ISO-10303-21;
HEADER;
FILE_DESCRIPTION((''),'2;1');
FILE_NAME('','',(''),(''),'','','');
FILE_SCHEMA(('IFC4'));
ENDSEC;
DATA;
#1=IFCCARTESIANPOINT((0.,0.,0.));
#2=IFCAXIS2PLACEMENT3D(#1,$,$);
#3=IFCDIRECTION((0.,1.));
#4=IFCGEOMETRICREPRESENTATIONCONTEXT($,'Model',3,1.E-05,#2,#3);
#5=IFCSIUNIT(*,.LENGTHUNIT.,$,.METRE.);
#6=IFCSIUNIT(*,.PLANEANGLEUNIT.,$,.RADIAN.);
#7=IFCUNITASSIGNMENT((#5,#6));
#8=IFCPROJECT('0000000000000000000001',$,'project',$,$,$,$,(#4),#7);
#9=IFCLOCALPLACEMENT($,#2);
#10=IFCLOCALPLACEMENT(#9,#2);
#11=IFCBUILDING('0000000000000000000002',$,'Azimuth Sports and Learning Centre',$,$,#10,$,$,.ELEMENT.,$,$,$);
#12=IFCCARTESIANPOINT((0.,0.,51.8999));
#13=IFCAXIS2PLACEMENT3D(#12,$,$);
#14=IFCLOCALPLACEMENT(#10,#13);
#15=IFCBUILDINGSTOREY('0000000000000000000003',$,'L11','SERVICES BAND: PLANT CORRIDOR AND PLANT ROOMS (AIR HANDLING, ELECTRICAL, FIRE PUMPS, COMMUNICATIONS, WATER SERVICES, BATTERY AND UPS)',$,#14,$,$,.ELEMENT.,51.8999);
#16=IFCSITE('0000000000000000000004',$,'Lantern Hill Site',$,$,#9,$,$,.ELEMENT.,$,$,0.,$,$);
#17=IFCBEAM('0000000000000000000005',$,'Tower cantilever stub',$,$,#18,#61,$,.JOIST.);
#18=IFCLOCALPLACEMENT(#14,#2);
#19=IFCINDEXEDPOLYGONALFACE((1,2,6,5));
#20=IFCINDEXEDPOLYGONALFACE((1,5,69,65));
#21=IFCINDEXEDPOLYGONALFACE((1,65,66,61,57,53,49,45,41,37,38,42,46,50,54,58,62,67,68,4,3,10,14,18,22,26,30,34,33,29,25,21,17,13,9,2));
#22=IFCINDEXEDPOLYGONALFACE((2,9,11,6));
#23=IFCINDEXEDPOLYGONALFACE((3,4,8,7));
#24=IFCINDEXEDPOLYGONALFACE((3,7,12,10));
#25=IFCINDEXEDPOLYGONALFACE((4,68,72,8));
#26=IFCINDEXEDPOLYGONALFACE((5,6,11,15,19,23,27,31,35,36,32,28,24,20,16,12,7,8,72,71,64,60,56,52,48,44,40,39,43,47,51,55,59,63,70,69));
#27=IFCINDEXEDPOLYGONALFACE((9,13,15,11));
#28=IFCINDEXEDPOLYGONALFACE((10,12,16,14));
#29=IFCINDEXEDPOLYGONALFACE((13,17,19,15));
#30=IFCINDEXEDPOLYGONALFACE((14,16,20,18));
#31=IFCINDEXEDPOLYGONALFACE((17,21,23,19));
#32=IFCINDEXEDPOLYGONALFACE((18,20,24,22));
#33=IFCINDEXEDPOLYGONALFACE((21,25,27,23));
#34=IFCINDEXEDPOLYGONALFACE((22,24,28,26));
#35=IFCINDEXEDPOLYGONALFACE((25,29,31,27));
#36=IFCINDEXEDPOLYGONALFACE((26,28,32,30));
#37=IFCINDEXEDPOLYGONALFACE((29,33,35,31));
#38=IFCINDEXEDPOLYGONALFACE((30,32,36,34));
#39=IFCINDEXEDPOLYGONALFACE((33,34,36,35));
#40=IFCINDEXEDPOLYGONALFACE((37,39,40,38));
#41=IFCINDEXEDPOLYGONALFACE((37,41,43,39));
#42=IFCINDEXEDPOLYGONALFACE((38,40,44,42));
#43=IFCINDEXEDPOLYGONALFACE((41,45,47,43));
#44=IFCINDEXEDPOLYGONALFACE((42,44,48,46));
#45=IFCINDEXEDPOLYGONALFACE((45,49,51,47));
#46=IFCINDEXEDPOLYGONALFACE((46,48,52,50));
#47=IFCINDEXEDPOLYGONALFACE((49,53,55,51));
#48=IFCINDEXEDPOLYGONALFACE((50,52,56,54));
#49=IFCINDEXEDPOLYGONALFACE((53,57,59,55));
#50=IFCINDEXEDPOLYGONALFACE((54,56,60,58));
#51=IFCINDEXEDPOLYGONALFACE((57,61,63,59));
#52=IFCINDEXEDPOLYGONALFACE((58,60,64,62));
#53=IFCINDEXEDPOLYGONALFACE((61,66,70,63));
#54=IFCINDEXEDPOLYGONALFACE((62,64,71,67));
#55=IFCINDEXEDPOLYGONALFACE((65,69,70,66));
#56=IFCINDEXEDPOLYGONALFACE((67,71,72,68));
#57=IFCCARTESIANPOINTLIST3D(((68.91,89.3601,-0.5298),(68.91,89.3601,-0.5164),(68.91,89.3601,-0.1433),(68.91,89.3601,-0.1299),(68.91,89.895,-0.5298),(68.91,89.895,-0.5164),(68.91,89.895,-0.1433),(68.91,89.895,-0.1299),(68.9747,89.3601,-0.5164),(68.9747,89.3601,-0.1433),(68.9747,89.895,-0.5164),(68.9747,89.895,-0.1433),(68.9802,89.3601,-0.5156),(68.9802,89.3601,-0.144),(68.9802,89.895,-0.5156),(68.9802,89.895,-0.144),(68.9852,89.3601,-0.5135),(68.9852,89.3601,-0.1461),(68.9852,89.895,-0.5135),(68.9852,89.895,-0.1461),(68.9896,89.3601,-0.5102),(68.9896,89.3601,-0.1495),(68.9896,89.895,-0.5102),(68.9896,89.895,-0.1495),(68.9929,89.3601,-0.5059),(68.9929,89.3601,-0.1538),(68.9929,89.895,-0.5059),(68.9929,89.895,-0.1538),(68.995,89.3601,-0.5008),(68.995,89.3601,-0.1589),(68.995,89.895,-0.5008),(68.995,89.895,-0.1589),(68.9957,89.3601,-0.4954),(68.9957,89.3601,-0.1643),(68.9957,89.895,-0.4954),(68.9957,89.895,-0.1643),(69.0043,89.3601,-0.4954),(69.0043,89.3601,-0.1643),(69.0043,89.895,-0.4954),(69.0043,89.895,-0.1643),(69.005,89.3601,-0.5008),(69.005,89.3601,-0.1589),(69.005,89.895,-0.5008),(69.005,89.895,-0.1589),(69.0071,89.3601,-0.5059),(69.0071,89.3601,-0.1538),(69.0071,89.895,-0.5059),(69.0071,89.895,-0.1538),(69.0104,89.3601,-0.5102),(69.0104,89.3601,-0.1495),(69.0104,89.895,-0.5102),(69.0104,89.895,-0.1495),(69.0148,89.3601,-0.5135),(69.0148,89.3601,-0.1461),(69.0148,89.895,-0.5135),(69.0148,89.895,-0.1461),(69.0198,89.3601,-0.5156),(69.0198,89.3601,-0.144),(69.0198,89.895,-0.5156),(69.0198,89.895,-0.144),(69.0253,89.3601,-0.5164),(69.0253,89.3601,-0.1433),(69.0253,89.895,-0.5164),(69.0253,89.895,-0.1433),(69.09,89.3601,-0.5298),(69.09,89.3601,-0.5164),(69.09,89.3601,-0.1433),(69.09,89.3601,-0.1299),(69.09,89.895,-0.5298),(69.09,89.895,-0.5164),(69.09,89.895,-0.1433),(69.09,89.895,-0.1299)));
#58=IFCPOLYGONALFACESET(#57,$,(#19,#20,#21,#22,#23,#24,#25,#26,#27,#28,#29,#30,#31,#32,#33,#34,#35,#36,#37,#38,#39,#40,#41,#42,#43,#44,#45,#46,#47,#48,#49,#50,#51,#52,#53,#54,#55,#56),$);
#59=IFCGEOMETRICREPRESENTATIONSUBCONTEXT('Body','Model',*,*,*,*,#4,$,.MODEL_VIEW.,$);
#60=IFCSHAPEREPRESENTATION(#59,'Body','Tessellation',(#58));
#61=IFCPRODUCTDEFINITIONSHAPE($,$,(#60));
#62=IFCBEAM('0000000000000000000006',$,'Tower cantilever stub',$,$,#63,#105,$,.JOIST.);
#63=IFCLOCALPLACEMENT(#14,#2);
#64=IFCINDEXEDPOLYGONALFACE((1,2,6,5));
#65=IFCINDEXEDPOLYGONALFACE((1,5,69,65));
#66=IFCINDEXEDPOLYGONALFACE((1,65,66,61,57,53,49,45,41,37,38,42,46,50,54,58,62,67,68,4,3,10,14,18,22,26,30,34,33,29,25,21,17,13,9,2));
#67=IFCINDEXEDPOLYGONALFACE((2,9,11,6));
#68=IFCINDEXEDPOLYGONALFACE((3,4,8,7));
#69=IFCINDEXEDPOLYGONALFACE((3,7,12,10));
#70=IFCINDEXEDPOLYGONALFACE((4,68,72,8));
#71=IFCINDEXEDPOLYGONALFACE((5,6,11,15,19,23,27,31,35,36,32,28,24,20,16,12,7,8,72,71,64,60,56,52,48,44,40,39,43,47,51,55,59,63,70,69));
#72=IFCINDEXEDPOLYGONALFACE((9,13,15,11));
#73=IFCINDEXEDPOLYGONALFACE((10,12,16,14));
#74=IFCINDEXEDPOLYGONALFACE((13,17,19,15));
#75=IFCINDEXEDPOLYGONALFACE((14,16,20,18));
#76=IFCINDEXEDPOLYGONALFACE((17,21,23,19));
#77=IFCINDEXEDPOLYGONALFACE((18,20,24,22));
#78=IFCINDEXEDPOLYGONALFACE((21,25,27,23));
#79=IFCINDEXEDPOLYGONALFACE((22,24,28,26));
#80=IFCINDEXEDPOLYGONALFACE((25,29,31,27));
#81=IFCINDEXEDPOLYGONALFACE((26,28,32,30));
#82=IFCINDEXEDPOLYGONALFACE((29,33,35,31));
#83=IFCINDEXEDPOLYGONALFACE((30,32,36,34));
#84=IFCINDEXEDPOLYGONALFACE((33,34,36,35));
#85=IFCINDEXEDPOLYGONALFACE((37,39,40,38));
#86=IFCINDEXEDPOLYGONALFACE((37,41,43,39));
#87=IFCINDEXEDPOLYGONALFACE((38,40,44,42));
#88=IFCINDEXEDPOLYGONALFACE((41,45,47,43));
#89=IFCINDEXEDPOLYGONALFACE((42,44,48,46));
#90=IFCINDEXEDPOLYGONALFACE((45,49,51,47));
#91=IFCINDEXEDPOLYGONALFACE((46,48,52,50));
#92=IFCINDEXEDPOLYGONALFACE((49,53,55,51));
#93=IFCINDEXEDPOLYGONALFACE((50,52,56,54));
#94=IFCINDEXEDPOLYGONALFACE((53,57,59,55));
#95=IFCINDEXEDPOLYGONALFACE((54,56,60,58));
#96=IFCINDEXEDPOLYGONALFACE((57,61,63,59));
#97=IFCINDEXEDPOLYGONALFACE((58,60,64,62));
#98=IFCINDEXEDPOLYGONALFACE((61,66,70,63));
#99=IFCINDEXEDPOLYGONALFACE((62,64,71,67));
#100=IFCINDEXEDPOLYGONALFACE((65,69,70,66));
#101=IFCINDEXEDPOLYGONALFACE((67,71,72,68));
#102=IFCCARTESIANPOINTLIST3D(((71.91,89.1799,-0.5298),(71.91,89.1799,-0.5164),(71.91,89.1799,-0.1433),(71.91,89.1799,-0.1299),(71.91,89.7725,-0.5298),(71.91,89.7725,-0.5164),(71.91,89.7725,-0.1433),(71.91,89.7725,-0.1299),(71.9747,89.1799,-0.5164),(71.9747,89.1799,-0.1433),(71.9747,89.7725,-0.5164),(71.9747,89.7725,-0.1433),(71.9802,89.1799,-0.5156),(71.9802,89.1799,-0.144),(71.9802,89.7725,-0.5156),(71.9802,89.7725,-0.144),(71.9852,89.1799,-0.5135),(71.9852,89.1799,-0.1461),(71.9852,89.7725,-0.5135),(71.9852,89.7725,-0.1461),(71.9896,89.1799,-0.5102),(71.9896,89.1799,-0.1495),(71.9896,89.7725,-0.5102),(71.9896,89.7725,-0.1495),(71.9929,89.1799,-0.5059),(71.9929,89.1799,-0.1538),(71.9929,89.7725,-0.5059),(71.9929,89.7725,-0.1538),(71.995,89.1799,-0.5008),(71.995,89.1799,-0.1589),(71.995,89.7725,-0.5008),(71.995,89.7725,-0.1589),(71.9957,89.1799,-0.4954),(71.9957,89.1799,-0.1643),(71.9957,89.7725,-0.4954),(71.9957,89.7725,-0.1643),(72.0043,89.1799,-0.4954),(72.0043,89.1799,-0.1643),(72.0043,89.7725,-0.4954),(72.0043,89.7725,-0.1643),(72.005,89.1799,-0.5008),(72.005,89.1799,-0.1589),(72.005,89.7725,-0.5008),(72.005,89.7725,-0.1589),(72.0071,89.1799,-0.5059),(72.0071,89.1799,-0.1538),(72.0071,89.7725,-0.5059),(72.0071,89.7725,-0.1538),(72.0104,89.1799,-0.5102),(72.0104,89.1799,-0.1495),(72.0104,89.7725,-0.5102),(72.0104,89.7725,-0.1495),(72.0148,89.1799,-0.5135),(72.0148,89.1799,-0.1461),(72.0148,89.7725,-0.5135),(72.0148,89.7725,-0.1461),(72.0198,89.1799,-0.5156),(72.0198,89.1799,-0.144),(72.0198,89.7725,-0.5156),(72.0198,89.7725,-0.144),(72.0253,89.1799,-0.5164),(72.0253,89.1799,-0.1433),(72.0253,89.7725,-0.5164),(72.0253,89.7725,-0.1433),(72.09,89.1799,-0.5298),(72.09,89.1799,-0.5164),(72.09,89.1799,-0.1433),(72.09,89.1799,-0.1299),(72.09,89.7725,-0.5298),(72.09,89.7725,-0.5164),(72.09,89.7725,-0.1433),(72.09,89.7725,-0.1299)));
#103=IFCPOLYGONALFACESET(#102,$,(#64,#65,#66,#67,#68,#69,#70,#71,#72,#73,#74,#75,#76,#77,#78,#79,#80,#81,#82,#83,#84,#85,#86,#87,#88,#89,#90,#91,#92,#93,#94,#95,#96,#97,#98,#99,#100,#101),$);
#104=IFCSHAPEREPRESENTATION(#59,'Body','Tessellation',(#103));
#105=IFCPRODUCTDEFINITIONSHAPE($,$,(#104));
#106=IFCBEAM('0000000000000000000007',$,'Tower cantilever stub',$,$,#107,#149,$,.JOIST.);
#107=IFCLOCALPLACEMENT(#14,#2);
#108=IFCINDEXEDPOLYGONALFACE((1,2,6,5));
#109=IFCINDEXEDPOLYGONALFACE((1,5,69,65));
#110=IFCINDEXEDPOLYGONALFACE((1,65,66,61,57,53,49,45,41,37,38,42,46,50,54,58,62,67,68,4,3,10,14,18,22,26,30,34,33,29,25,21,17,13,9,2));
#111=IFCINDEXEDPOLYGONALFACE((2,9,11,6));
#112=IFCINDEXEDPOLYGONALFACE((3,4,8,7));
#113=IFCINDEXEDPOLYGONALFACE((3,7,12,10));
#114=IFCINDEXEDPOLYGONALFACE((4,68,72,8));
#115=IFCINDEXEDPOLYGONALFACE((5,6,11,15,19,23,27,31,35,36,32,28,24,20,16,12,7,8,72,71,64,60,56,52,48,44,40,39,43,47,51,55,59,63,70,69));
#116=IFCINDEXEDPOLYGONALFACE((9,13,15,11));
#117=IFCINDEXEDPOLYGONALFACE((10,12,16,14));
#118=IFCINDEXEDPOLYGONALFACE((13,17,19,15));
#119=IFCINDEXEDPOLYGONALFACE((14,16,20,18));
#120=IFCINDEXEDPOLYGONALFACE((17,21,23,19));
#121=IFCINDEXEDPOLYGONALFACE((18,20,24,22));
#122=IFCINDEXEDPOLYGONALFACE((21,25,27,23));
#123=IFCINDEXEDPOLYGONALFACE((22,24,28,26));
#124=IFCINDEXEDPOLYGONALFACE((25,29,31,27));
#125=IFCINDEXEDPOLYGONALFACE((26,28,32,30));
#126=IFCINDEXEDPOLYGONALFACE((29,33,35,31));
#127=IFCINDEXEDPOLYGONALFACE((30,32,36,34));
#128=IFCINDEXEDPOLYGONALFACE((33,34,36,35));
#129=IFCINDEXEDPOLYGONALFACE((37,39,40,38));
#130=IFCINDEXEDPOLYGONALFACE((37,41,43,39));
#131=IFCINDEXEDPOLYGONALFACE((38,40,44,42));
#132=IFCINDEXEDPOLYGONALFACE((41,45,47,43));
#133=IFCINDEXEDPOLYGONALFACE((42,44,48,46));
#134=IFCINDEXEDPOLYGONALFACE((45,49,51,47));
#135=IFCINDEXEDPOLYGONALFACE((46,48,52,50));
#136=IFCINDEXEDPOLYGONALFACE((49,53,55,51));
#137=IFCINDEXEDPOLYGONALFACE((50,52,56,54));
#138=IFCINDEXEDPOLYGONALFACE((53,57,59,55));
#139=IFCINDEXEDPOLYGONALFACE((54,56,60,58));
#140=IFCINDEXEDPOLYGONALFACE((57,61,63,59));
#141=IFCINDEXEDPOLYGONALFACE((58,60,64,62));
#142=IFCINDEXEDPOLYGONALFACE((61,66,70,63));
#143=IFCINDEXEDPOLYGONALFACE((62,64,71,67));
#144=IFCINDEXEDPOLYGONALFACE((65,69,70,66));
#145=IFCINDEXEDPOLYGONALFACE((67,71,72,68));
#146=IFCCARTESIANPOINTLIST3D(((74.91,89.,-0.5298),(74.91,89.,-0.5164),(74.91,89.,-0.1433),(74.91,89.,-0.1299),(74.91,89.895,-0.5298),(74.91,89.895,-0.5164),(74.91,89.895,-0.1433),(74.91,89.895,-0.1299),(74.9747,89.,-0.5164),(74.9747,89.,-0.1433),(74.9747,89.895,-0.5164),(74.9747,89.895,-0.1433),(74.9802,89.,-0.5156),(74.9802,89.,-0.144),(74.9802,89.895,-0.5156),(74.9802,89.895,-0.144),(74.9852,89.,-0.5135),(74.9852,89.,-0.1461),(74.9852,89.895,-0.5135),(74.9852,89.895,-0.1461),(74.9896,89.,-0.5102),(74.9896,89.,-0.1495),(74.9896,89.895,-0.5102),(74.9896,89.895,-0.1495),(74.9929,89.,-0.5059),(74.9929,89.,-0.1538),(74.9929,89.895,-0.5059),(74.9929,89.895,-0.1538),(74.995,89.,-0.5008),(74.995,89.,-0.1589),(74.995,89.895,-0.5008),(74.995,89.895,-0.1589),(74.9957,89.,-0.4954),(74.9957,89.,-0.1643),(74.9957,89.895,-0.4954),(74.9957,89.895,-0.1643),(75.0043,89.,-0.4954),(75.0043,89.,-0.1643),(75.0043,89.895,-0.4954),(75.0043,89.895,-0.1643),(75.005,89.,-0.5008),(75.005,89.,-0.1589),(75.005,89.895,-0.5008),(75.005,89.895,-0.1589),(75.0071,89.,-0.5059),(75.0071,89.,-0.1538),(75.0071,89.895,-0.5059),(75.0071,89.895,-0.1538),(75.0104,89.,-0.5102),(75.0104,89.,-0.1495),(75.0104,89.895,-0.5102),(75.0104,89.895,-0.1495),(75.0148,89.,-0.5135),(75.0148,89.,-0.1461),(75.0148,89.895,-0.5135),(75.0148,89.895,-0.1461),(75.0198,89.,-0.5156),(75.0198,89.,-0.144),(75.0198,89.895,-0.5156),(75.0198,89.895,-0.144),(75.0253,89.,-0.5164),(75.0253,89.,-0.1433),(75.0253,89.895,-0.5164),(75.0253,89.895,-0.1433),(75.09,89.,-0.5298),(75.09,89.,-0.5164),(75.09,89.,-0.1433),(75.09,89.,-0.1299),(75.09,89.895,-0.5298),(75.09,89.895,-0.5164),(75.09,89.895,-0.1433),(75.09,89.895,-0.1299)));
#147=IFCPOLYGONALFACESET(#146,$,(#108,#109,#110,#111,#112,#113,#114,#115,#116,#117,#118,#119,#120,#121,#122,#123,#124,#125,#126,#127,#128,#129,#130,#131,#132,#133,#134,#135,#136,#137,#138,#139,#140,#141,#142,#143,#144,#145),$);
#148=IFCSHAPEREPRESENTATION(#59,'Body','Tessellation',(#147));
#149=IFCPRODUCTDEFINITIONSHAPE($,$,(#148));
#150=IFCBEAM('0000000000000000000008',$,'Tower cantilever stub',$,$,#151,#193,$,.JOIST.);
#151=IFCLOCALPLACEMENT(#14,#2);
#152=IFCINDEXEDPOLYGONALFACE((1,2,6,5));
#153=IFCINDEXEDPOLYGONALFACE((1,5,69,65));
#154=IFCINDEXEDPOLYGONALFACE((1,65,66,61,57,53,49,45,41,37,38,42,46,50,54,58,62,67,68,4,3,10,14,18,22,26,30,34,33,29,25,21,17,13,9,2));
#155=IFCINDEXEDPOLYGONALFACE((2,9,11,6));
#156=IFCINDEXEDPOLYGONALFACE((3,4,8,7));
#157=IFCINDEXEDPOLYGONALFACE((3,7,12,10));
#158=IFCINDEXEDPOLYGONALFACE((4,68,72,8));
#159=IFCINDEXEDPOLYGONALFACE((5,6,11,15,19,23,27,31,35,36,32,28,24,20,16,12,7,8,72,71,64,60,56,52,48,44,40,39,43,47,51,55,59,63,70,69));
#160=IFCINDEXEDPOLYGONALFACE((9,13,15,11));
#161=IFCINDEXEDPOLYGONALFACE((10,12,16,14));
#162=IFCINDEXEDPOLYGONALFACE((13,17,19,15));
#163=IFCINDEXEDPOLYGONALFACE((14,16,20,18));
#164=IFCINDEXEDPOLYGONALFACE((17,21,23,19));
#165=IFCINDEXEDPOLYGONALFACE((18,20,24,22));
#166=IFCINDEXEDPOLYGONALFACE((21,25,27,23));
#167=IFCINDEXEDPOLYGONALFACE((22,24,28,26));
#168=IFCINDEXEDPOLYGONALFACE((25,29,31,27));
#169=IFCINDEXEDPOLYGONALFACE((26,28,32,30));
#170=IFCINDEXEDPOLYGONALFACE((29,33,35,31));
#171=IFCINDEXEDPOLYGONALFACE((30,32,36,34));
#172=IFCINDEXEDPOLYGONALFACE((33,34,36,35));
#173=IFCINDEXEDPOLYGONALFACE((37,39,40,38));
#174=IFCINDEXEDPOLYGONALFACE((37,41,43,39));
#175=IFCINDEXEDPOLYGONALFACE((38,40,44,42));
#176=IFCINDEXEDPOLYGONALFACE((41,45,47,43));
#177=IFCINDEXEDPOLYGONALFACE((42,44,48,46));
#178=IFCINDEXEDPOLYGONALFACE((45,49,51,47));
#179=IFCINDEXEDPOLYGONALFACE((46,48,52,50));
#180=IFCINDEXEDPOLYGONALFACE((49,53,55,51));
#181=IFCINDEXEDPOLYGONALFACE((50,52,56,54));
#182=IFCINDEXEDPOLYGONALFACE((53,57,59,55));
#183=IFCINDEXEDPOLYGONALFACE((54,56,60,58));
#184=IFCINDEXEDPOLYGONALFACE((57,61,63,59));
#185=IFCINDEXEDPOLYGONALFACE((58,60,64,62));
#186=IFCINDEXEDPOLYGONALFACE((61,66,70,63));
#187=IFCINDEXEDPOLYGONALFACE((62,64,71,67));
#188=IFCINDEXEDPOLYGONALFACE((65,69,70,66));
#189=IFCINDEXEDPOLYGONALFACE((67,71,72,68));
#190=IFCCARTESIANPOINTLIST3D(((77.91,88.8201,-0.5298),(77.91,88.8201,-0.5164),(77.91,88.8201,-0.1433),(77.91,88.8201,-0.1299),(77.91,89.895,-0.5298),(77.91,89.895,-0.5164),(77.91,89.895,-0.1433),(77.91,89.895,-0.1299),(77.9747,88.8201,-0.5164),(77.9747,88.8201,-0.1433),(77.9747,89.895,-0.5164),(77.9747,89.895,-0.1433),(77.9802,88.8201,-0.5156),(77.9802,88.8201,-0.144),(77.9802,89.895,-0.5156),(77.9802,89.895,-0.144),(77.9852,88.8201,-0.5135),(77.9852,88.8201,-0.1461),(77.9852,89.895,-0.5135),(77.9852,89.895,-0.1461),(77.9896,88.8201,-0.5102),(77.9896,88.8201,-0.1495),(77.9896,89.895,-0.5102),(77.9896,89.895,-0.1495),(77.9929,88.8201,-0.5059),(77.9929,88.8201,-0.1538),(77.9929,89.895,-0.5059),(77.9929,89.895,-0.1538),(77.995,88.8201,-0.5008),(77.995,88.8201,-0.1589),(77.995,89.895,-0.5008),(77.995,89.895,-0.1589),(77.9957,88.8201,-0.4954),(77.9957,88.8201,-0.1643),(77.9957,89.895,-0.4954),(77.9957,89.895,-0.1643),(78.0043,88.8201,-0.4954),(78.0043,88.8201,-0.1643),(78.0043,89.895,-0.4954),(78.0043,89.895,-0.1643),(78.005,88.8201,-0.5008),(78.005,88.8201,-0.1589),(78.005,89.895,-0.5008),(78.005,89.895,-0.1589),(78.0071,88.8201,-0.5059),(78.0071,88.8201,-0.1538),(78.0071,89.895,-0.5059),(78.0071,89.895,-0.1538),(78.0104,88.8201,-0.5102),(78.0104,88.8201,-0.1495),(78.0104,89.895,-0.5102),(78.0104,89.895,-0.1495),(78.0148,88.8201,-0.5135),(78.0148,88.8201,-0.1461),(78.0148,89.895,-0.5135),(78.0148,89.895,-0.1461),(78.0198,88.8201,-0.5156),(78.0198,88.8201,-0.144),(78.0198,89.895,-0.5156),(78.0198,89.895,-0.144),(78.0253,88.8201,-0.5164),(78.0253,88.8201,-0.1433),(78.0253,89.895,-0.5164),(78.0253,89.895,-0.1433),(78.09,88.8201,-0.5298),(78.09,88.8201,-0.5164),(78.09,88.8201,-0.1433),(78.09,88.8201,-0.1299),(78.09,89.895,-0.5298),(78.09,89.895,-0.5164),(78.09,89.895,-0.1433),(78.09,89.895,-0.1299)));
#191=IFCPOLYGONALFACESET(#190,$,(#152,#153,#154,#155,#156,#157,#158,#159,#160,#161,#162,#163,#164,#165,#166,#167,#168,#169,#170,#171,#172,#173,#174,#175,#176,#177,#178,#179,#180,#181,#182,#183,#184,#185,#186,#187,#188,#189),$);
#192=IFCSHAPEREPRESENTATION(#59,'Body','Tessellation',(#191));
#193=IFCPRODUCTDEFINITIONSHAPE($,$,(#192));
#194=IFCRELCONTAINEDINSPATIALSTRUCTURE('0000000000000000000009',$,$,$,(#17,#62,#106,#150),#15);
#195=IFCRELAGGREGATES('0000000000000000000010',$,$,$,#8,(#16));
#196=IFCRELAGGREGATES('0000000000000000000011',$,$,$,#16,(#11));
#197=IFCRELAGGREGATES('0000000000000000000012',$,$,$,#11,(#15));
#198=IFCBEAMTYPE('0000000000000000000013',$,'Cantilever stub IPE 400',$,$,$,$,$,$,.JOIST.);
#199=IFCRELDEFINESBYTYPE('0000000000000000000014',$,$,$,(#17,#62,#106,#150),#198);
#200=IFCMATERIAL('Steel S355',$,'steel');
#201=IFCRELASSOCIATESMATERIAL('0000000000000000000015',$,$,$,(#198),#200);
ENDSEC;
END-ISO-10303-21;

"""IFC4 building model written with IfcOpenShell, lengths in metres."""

from ifc_helpers import new_model, si_unit, direction, frame, origin, origin_2d, place, context, subcontext, project, spatial, i_section, extrude, material, material_profile, profile_set, type_object, element, save


model = new_model("IFC4")

# Units and contexts
model_context = context("Model", 3, precision=1e-05, world=origin(), true_north=direction((0.0, 1.0)))
body_context = subcontext(model_context, "Body", "Model", "MODEL_VIEW")
ifc_project = project(units=[si_unit("LENGTHUNIT", "METRE"), si_unit("PLANEANGLEUNIT", "RADIAN")], contexts=[model_context])

# Site, building, storey
site_placement = place(None, origin())
site = spatial("IfcSite", under=ifc_project, at=site_placement, Name="Lantern Hill Site", CompositionType="ELEMENT", RefElevation=0.0)
building_placement = place(site_placement, origin())
building = spatial("IfcBuilding", under=site, at=building_placement, Name="Azimuth Sports and Learning Centre", CompositionType="ELEMENT")
storey_placement = place(building_placement, frame((0.0, 0.0, 51.8999)))
storey = spatial("IfcBuildingStorey", under=building, at=storey_placement, Name="L11", Description="SERVICES BAND: PLANT CORRIDOR AND PLANT ROOMS (AIR HANDLING, ELECTRICAL, FIRE PUMPS, COMMUNICATIONS, WATER SERVICES, BATTERY AND UPS)", CompositionType="ELEMENT", Elevation=51.8999)

# Beams
ifc_material_1 = material(Name="Steel S355", Category="steel")
ifc_material_profile_1 = material_profile(ifc_material_1, i_section(OverallWidth=0.1799, OverallDepth=0.3999, WebThickness=0.0085, FlangeThickness=0.0134, FilletRadius=0.021, at=origin_2d()), Name="IPE 400")
ifc_profile_set_1 = profile_set([ifc_material_profile_1], Name="Steel S355")
beam_type_1 = type_object("IfcBeamType", Name="Cantilever stub IPE 400", PredefinedType="JOIST", material=ifc_profile_set_1)
beam_1_placement = place(storey_placement, frame((69.0, 89.895, -0.3298), z_axis=(0.0, -1.0, 0.0), x_axis=(1.0, 0.0, 0.0)))
element("IfcBeam", 1, at=beam_1_placement, inside=storey, type_object=beam_type_1, Name="Tower cantilever stub", PredefinedType="JOIST", context=body_context, shape_type="SweptSolid", body=[
    extrude(i_section(OverallWidth=0.1799, OverallDepth=0.3999, WebThickness=0.0085, FlangeThickness=0.0134, FilletRadius=0.021, at=origin_2d()), origin(), (0.0, 0.0, 1.0), 0.5349),
])
beam_2_placement = place(storey_placement, frame((72.0, 89.7725, -0.3298), z_axis=(0.0, -1.0, 0.0), x_axis=(1.0, 0.0, 0.0)))
element("IfcBeam", 2, at=beam_2_placement, inside=storey, type_object=beam_type_1, Name="Tower cantilever stub", PredefinedType="JOIST", context=body_context, shape_type="SweptSolid", body=[
    extrude(i_section(OverallWidth=0.1799, OverallDepth=0.3999, WebThickness=0.0085, FlangeThickness=0.0134, FilletRadius=0.021, at=origin_2d()), origin(), (0.0, 0.0, 1.0), 0.5925),
])
beam_3_placement = place(storey_placement, frame((75.0, 89.895, -0.3298), z_axis=(0.0, -1.0, 0.0), x_axis=(1.0, 0.0, 0.0)))
element("IfcBeam", 3, at=beam_3_placement, inside=storey, type_object=beam_type_1, Name="Tower cantilever stub", PredefinedType="JOIST", context=body_context, shape_type="SweptSolid", body=[
    extrude(i_section(OverallWidth=0.1799, OverallDepth=0.3999, WebThickness=0.0085, FlangeThickness=0.0134, FilletRadius=0.021, at=origin_2d()), origin(), (0.0, 0.0, 1.0), 0.895),
])
beam_4_placement = place(storey_placement, frame((78.0, 89.895, -0.3298), z_axis=(0.0, -1.0, 0.0), x_axis=(1.0, 0.0, 0.0)))
element("IfcBeam", 4, at=beam_4_placement, inside=storey, type_object=beam_type_1, Name="Tower cantilever stub", PredefinedType="JOIST", context=body_context, shape_type="SweptSolid", body=[
    extrude(i_section(OverallWidth=0.1799, OverallDepth=0.3999, WebThickness=0.0085, FlangeThickness=0.0134, FilletRadius=0.021, at=origin_2d()), origin(), (0.0, 0.0, 1.0), 1.075),
])

save(model, "model.ifc")
